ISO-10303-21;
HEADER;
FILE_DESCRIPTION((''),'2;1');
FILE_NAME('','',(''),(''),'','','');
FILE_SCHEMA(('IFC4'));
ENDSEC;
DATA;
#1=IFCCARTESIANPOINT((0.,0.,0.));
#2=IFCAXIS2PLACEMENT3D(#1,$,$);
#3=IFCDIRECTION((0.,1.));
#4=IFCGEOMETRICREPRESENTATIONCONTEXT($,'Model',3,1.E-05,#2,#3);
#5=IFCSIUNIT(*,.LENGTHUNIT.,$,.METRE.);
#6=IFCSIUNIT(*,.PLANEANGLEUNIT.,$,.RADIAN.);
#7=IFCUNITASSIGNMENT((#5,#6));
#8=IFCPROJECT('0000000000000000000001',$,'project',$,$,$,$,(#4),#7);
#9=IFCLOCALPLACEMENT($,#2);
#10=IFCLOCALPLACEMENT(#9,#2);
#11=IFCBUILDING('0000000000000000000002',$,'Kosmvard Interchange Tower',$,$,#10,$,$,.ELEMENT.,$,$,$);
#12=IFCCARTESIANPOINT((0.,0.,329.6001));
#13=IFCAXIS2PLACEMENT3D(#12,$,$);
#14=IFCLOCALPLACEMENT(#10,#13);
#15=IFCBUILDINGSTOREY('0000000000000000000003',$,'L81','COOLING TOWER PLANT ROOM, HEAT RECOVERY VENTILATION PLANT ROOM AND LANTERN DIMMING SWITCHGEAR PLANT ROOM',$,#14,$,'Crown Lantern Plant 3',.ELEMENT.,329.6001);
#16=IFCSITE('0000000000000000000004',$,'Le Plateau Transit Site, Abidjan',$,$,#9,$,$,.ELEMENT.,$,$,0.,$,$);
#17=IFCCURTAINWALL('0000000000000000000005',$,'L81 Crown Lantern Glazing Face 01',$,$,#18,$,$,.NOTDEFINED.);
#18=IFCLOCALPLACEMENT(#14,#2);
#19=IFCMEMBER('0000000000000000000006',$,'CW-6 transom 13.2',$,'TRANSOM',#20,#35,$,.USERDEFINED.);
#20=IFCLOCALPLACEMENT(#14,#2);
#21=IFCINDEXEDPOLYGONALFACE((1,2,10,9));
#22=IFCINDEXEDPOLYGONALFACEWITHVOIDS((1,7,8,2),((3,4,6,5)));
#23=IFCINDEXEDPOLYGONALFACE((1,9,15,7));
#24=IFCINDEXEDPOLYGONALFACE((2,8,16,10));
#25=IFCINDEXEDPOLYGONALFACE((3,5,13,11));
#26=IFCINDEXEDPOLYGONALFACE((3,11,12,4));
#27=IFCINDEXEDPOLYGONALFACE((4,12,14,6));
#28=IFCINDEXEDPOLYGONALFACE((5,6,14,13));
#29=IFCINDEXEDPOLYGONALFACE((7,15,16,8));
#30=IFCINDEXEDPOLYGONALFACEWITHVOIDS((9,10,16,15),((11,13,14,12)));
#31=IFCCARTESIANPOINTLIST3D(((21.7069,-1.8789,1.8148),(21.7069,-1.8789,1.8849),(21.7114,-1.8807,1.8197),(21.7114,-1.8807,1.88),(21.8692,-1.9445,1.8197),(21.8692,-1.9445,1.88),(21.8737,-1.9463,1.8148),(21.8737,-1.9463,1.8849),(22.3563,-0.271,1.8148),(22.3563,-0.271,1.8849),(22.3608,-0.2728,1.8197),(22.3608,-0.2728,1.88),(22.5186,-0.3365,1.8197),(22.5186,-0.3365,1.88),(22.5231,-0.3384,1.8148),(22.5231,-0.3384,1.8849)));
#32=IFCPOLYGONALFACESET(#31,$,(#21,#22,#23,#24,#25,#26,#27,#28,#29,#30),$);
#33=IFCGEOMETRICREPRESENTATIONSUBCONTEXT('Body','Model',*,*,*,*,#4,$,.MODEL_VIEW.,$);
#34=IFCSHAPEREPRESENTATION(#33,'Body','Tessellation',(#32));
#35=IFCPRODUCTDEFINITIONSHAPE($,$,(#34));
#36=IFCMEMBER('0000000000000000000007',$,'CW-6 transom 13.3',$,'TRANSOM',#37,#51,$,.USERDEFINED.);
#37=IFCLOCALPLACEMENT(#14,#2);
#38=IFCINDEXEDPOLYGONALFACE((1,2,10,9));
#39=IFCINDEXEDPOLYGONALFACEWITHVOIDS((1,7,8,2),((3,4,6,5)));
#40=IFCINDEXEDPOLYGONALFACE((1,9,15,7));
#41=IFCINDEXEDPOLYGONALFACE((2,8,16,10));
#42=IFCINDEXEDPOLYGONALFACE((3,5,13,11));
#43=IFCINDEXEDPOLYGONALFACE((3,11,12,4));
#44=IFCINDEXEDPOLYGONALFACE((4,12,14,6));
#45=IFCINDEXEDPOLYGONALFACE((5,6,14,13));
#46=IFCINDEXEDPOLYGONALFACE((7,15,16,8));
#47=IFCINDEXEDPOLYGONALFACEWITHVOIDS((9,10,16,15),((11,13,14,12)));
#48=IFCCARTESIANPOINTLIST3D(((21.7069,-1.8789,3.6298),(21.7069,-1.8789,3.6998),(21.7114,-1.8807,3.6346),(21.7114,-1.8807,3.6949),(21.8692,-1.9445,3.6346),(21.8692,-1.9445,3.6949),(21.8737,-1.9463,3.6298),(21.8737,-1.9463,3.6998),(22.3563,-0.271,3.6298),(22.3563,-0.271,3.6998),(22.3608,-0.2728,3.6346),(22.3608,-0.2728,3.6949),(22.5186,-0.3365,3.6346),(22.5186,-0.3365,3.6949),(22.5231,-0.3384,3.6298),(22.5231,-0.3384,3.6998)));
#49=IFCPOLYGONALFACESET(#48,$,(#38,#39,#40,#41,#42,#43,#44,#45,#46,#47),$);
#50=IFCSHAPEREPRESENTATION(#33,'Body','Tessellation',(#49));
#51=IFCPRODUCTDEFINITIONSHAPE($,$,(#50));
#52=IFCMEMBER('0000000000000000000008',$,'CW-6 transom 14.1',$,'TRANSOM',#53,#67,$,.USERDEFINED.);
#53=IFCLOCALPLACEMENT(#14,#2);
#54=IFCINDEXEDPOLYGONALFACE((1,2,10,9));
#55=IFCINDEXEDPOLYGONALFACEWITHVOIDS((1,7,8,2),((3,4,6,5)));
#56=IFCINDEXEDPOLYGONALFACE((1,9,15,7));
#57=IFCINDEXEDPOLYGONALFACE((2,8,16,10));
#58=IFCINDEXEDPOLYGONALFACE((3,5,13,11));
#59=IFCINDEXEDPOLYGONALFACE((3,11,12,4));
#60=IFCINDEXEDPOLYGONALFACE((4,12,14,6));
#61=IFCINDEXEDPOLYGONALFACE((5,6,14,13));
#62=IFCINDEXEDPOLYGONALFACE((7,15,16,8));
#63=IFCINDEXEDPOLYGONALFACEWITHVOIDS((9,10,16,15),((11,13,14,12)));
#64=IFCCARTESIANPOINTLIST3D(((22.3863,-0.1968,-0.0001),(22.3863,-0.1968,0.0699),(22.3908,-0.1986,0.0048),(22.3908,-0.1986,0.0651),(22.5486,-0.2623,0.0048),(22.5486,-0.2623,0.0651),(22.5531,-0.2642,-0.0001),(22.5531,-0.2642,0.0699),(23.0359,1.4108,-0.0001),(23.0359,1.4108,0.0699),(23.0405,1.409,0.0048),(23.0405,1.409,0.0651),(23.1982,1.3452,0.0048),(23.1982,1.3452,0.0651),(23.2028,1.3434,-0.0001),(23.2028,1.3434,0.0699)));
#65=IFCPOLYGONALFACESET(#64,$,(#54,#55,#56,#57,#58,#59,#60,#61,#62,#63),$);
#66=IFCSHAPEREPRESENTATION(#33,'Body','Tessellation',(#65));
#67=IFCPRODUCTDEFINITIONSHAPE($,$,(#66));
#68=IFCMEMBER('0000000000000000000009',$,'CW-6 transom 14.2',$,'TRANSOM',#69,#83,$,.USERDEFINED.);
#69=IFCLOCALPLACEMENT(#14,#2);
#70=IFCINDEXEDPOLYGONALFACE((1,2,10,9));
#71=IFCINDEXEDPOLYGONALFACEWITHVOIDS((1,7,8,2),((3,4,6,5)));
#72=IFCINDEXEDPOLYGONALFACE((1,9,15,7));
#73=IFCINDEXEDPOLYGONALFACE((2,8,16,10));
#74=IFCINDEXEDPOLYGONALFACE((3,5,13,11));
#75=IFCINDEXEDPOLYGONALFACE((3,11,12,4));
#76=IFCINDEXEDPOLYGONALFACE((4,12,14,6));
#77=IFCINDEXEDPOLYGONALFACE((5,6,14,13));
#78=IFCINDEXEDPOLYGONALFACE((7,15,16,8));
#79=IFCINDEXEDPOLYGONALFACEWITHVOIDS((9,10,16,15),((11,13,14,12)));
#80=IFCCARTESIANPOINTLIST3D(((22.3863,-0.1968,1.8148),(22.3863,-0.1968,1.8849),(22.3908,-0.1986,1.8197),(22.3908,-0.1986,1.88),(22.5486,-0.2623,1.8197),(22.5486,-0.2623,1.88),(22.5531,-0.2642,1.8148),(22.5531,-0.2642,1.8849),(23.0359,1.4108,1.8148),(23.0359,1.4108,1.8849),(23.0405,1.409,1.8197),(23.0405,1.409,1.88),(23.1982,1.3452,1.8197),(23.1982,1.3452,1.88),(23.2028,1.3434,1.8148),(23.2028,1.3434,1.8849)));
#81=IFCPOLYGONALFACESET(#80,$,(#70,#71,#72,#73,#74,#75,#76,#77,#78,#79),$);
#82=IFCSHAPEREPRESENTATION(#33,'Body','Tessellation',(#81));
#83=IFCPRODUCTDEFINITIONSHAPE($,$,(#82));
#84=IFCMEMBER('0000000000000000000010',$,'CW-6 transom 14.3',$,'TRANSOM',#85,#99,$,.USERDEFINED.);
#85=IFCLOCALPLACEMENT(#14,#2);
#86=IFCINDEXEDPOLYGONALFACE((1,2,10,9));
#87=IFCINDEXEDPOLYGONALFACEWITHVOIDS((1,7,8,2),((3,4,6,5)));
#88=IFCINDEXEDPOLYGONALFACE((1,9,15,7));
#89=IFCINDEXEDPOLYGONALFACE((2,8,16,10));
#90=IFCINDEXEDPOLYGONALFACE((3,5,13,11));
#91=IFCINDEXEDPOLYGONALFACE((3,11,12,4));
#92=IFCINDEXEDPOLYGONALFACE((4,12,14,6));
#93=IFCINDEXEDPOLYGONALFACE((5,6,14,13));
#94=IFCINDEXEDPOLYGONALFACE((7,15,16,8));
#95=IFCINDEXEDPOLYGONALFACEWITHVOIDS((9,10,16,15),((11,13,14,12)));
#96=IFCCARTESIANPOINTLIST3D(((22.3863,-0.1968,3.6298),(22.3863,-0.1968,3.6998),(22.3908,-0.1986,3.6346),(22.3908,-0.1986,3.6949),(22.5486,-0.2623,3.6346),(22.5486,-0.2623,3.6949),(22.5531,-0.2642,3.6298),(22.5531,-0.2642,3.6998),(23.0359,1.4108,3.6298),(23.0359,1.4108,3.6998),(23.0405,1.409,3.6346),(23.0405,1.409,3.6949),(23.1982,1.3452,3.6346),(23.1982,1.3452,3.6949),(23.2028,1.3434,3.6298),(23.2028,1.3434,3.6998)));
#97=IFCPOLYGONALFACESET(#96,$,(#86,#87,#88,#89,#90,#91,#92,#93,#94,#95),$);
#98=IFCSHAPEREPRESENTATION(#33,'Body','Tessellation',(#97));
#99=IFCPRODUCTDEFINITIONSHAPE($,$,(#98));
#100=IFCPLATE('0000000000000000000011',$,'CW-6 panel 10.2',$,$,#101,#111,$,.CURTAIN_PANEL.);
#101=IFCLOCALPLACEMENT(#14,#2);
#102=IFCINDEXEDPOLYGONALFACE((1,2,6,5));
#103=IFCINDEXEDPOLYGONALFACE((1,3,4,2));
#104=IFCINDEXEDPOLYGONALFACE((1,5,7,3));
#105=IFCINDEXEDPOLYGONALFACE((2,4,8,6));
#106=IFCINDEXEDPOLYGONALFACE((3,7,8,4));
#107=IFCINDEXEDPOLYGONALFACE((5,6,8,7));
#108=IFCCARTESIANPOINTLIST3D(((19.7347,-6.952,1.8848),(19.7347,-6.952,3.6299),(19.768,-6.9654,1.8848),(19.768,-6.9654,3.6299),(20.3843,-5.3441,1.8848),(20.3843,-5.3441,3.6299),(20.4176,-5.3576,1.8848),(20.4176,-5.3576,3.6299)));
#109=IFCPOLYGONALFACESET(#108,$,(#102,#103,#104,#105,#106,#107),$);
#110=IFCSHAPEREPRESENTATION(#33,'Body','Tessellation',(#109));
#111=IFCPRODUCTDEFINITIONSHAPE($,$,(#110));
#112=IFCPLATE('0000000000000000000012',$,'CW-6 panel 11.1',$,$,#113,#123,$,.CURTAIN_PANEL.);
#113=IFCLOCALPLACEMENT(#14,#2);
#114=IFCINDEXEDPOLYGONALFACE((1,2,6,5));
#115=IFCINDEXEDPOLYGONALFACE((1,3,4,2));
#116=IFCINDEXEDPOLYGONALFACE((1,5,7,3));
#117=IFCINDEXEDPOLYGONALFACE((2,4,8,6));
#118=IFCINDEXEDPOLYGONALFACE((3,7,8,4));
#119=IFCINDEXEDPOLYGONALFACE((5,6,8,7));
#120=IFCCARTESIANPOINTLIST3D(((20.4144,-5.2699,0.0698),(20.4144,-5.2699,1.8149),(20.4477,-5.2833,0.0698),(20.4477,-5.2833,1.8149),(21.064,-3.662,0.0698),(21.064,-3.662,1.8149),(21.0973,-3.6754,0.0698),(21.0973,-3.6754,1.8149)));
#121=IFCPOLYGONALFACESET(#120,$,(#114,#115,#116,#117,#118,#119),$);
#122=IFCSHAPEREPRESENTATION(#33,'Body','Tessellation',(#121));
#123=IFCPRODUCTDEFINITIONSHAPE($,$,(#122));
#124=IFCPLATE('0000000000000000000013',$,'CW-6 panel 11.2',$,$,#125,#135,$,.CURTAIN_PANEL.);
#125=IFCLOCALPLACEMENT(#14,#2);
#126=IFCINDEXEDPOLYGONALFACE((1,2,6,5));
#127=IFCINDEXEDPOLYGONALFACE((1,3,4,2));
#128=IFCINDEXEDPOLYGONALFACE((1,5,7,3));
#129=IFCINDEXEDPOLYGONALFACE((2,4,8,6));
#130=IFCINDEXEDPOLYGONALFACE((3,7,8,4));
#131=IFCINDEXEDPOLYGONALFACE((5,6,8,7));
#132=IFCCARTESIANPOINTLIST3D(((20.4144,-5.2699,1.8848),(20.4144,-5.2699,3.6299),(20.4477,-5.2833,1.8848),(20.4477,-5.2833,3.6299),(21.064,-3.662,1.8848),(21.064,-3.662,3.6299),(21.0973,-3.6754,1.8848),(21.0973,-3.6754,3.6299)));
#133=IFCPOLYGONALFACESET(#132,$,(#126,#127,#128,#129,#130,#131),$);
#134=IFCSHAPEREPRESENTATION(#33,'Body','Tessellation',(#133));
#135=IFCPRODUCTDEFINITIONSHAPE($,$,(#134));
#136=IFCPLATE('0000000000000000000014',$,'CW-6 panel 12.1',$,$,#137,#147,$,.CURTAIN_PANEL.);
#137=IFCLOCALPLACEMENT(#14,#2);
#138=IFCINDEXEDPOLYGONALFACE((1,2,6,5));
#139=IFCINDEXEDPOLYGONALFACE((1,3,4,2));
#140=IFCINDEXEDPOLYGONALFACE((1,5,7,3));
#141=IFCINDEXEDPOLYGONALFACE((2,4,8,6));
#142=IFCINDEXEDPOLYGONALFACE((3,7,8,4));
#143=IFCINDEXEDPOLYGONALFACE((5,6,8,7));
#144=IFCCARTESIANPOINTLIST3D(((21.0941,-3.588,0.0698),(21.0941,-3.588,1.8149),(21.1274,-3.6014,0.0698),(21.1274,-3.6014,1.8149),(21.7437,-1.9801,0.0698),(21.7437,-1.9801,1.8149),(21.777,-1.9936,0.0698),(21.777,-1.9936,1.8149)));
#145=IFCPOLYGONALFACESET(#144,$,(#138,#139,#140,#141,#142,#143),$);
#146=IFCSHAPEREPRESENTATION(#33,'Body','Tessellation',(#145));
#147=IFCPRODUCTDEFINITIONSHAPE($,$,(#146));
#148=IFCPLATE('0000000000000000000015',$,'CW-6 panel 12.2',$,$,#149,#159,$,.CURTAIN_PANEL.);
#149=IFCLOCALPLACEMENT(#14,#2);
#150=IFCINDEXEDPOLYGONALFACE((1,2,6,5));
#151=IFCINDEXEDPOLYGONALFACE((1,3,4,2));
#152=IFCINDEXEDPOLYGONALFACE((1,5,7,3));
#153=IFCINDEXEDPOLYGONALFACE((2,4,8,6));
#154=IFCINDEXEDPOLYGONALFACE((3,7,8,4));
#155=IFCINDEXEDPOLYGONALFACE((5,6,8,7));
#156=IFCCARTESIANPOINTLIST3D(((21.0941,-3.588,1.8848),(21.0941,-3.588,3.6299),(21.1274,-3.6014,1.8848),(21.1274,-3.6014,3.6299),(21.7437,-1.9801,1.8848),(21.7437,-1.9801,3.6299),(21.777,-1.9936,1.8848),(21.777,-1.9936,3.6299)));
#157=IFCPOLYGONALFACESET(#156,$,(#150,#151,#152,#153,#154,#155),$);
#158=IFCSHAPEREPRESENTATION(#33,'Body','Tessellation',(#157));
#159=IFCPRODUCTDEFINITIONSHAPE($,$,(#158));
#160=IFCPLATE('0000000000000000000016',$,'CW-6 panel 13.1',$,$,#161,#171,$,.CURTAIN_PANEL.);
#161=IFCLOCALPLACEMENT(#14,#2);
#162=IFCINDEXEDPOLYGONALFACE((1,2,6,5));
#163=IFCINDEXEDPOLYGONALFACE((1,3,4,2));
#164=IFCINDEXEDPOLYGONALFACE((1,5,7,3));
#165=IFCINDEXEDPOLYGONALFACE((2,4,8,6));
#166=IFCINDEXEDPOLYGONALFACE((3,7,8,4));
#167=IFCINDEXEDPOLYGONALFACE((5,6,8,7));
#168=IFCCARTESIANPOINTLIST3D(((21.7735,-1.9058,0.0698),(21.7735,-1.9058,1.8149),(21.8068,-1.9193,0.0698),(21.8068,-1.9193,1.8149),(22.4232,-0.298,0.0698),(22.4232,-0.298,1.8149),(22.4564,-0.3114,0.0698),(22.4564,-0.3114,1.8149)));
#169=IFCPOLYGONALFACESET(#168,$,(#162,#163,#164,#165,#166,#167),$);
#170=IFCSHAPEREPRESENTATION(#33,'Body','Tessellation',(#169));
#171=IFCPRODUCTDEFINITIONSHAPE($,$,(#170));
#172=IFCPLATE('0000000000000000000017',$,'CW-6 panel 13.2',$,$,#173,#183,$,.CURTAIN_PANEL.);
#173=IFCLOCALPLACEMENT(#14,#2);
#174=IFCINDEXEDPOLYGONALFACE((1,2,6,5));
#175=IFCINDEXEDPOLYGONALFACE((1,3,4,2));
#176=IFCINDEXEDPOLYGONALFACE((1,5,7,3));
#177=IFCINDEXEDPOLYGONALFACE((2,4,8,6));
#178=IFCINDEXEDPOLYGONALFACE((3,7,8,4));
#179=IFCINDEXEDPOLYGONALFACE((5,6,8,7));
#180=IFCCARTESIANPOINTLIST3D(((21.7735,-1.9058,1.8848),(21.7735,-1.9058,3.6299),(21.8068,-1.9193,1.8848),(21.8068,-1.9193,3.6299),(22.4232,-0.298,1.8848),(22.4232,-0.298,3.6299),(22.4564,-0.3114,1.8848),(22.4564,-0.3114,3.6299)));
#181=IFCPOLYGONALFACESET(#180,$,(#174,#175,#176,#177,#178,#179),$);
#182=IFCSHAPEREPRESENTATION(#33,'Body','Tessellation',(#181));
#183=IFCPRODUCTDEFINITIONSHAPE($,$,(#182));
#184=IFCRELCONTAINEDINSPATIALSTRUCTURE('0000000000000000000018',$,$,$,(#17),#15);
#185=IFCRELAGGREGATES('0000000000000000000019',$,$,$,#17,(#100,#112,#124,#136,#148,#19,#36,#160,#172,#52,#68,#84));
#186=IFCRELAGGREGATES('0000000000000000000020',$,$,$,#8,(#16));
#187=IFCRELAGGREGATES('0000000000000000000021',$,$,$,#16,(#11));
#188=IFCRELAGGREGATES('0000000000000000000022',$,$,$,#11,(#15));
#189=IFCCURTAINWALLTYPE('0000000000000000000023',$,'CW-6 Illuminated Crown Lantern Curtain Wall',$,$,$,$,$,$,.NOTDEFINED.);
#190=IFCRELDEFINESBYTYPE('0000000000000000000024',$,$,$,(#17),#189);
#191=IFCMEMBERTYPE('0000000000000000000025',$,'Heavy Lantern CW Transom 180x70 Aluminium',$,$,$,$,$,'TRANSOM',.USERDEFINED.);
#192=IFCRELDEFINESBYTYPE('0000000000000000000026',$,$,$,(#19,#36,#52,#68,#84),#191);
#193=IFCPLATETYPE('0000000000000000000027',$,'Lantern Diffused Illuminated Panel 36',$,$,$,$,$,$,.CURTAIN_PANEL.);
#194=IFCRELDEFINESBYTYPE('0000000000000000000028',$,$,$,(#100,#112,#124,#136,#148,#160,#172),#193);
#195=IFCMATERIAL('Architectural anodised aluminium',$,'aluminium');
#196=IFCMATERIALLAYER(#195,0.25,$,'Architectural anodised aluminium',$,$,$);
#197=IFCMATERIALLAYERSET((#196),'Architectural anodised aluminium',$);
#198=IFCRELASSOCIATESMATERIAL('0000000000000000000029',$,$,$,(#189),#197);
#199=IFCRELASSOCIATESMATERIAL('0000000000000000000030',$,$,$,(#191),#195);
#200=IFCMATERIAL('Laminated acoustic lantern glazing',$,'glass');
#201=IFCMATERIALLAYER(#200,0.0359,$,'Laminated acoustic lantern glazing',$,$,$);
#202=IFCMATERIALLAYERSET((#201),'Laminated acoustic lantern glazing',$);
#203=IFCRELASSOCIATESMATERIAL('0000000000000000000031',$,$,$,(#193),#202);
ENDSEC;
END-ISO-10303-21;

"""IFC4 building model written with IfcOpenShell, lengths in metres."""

from ifc_helpers import new_model, si_unit, direction, frame, origin, origin_2d, place, context, subcontext, project, spatial, rectangle, hollow_rectangle, extrude, source, transform, mapped, material, layer, layer_set, material_profile, profile_set, type_object, element, aggregate, save


model = new_model("IFC4")

# Units and contexts
model_context = context("Model", 3, precision=1e-05, world=origin(), true_north=direction((0.0, 1.0)))
body_context = subcontext(model_context, "Body", "Model", "MODEL_VIEW")
ifc_project = project(units=[si_unit("LENGTHUNIT", "METRE"), si_unit("PLANEANGLEUNIT", "RADIAN")], contexts=[model_context])

# Site, building, storey
site_placement = place(None, origin())
site = spatial("IfcSite", under=ifc_project, at=site_placement, Name="Le Plateau Transit Site, Abidjan", CompositionType="ELEMENT", RefElevation=0.0)
building_placement = place(site_placement, origin())
building = spatial("IfcBuilding", under=site, at=building_placement, Name="Kosmvard Interchange Tower", CompositionType="ELEMENT")
storey_placement = place(building_placement, frame((0.0, 0.0, 329.6001)))
storey = spatial("IfcBuildingStorey", under=building, at=storey_placement, Name="L81", Description="COOLING TOWER PLANT ROOM, HEAT RECOVERY VENTILATION PLANT ROOM AND LANTERN DIMMING SWITCHGEAR PLANT ROOM", LongName="Crown Lantern Plant 3", CompositionType="ELEMENT", Elevation=329.6001)

# Curtain wall, members, plates
ifc_material_1 = material(Name="Architectural anodised aluminium", Category="aluminium")
ifc_layer_1 = layer(ifc_material_1, 0.25, Name="Architectural anodised aluminium")
ifc_layer_set_1 = layer_set([ifc_layer_1], Name="Architectural anodised aluminium")
curtain_wall_type = type_object("IfcCurtainWallType", Name="CW-6 Illuminated Crown Lantern Curtain Wall", PredefinedType="NOTDEFINED", material=ifc_layer_set_1)
curtain_wall_placement = place(storey_placement, origin())
curtain_wall = element("IfcCurtainWall", 1, at=curtain_wall_placement, inside=storey, type_object=curtain_wall_type, Name="L81 Crown Lantern Glazing Face 01", PredefinedType="NOTDEFINED")
ifc_material_profile_1 = material_profile(ifc_material_1, hollow_rectangle(XDim=0.1799, YDim=0.0701, WallThickness=0.0049, at=origin_2d()), Name="CWT 180x70x5")
ifc_profile_set_1 = profile_set([ifc_material_profile_1], Name="Architectural anodised aluminium")
member_type_1 = type_object("IfcMemberType", Name="Heavy Lantern CW Transom 180x70 Aluminium", ElementType="TRANSOM", PredefinedType="USERDEFINED", material=ifc_profile_set_1)
shared_shape_1 = source(origin(), body_context, "Body", "SweptSolid", [
    extrude(hollow_rectangle(XDim=0.1799, YDim=0.0701, WallThickness=0.0049, at=origin_2d()), origin(), (0.0, 0.0, 1.0), 1.7341),
])
member_1_placement = place(storey_placement, frame((21.7903, -1.9126, 1.8499), z_axis=(0.374496, 0.927229, 0.0), x_axis=(-0.927229, 0.374496, 0.0)))
member_1 = element("IfcMember", 2, at=member_1_placement, type_object=member_type_1, Name="CW-6 transom 13.2", ObjectType="TRANSOM", PredefinedType="USERDEFINED", context=body_context, shape_type="MappedRepresentation", body=[
    mapped(shared_shape_1, transform((0.0, 0.0, 0.0), scale=1.0)),
])
member_2_placement = place(storey_placement, frame((21.7903, -1.9126, 3.6648), z_axis=(0.374496, 0.927229, 0.0), x_axis=(-0.927229, 0.374496, 0.0)))
member_2 = element("IfcMember", 3, at=member_2_placement, type_object=member_type_1, Name="CW-6 transom 13.3", ObjectType="TRANSOM", PredefinedType="USERDEFINED", context=body_context, shape_type="MappedRepresentation", body=[
    mapped(shared_shape_1, transform((0.0, 0.0, 0.0), scale=1.0)),
])
shared_shape_2 = source(origin(), body_context, "Body", "SweptSolid", [
    extrude(hollow_rectangle(XDim=0.1799, YDim=0.0701, WallThickness=0.0049, at=origin_2d()), origin(), (0.0, 0.0, 1.0), 1.7339),
])
member_3_placement = place(storey_placement, frame((22.4697, -0.2305, 0.0349), z_axis=(0.374666, 0.92716, 0.0), x_axis=(-0.92716, 0.374666, 0.0)))
member_3 = element("IfcMember", 4, at=member_3_placement, type_object=member_type_1, Name="CW-6 transom 14.1", ObjectType="TRANSOM", PredefinedType="USERDEFINED", context=body_context, shape_type="MappedRepresentation", body=[
    mapped(shared_shape_2, transform((0.0, 0.0, 0.0), scale=1.0)),
])
member_4_placement = place(storey_placement, frame((22.4697, -0.2305, 1.8499), z_axis=(0.374666, 0.92716, 0.0), x_axis=(-0.92716, 0.374666, 0.0)))
member_4 = element("IfcMember", 5, at=member_4_placement, type_object=member_type_1, Name="CW-6 transom 14.2", ObjectType="TRANSOM", PredefinedType="USERDEFINED", context=body_context, shape_type="MappedRepresentation", body=[
    mapped(shared_shape_2, transform((0.0, 0.0, 0.0), scale=1.0)),
])
member_5_placement = place(storey_placement, frame((22.4697, -0.2305, 3.6648), z_axis=(0.374666, 0.92716, 0.0), x_axis=(-0.92716, 0.374666, 0.0)))
member_5 = element("IfcMember", 6, at=member_5_placement, type_object=member_type_1, Name="CW-6 transom 14.3", ObjectType="TRANSOM", PredefinedType="USERDEFINED", context=body_context, shape_type="MappedRepresentation", body=[
    mapped(shared_shape_2, transform((0.0, 0.0, 0.0), scale=1.0)),
])
ifc_material_2 = material(Name="Laminated acoustic lantern glazing", Category="glass")
ifc_layer_2 = layer(ifc_material_2, 0.0359, Name="Laminated acoustic lantern glazing")
ifc_layer_set_2 = layer_set([ifc_layer_2], Name="Laminated acoustic lantern glazing")
plate_type = type_object("IfcPlateType", Name="Lantern Diffused Illuminated Panel 36", PredefinedType="CURTAIN_PANEL", material=ifc_layer_set_2)
shared_shape_3 = source(origin(), body_context, "Body", "SweptSolid", [
    extrude(rectangle(XDim=1.7341, YDim=0.0359, at=origin_2d()), origin(), (0.0, 0.0, 1.0), 1.7451),
])
plate_1_placement = place(storey_placement, frame((20.0762, -6.1548, 1.8848), z_axis=(0.0, 0.0, 1.0), x_axis=(0.374607, 0.927184, 0.0)))
plate_1 = element("IfcPlate", 7, at=plate_1_placement, type_object=plate_type, Name="CW-6 panel 10.2", PredefinedType="CURTAIN_PANEL", context=body_context, shape_type="MappedRepresentation", body=[
    mapped(shared_shape_3, transform((0.0, 0.0, 0.0), scale=1.0)),
])
plate_2_placement = place(storey_placement, frame((20.7559, -4.4727, 0.0698), z_axis=(0.0, 0.0, 1.0), x_axis=(0.374607, 0.927184, 0.0)))
plate_2 = element("IfcPlate", 8, at=plate_2_placement, type_object=plate_type, Name="CW-6 panel 11.1", PredefinedType="CURTAIN_PANEL", context=body_context, shape_type="MappedRepresentation", body=[
    mapped(shared_shape_3, transform((0.0, 0.0, 0.0), scale=1.0)),
])
plate_3_placement = place(storey_placement, frame((20.7559, -4.4727, 1.8848), z_axis=(0.0, 0.0, 1.0), x_axis=(0.374607, 0.927184, 0.0)))
plate_3 = element("IfcPlate", 9, at=plate_3_placement, type_object=plate_type, Name="CW-6 panel 11.2", PredefinedType="CURTAIN_PANEL", context=body_context, shape_type="MappedRepresentation", body=[
    mapped(shared_shape_3, transform((0.0, 0.0, 0.0), scale=1.0)),
])
plate_4_placement = place(storey_placement, frame((21.4355, -2.7908, 0.0698), z_axis=(0.0, 0.0, 1.0), x_axis=(0.374607, 0.927184, 0.0)))
plate_4 = element("IfcPlate", 10, at=plate_4_placement, type_object=plate_type, Name="CW-6 panel 12.1", PredefinedType="CURTAIN_PANEL", context=body_context, shape_type="MappedRepresentation", body=[
    mapped(shared_shape_3, transform((0.0, 0.0, 0.0), scale=1.0)),
])
plate_5_placement = place(storey_placement, frame((21.4355, -2.7908, 1.8848), z_axis=(0.0, 0.0, 1.0), x_axis=(0.374607, 0.927184, 0.0)))
plate_5 = element("IfcPlate", 11, at=plate_5_placement, type_object=plate_type, Name="CW-6 panel 12.2", PredefinedType="CURTAIN_PANEL", context=body_context, shape_type="MappedRepresentation", body=[
    mapped(shared_shape_3, transform((0.0, 0.0, 0.0), scale=1.0)),
])
plate_6_placement = place(storey_placement, frame((22.115, -1.1086, 0.0698), z_axis=(0.0, 0.0, 1.0), x_axis=(0.374607, 0.927184, 0.0)))
plate_6 = element("IfcPlate", 12, at=plate_6_placement, type_object=plate_type, Name="CW-6 panel 13.1", PredefinedType="CURTAIN_PANEL", context=body_context, shape_type="MappedRepresentation", body=[
    mapped(shared_shape_3, transform((0.0, 0.0, 0.0), scale=1.0)),
])
plate_7_placement = place(storey_placement, frame((22.115, -1.1086, 1.8848), z_axis=(0.0, 0.0, 1.0), x_axis=(0.374607, 0.927184, 0.0)))
plate_7 = element("IfcPlate", 13, at=plate_7_placement, type_object=plate_type, Name="CW-6 panel 13.2", PredefinedType="CURTAIN_PANEL", context=body_context, shape_type="MappedRepresentation", body=[
    mapped(shared_shape_3, transform((0.0, 0.0, 0.0), scale=1.0)),
])
aggregate(curtain_wall, [plate_1, plate_2, plate_3, plate_4, plate_5, member_1, member_2, plate_6, plate_7, member_3, member_4, member_5])

save(model, "model.ifc")
